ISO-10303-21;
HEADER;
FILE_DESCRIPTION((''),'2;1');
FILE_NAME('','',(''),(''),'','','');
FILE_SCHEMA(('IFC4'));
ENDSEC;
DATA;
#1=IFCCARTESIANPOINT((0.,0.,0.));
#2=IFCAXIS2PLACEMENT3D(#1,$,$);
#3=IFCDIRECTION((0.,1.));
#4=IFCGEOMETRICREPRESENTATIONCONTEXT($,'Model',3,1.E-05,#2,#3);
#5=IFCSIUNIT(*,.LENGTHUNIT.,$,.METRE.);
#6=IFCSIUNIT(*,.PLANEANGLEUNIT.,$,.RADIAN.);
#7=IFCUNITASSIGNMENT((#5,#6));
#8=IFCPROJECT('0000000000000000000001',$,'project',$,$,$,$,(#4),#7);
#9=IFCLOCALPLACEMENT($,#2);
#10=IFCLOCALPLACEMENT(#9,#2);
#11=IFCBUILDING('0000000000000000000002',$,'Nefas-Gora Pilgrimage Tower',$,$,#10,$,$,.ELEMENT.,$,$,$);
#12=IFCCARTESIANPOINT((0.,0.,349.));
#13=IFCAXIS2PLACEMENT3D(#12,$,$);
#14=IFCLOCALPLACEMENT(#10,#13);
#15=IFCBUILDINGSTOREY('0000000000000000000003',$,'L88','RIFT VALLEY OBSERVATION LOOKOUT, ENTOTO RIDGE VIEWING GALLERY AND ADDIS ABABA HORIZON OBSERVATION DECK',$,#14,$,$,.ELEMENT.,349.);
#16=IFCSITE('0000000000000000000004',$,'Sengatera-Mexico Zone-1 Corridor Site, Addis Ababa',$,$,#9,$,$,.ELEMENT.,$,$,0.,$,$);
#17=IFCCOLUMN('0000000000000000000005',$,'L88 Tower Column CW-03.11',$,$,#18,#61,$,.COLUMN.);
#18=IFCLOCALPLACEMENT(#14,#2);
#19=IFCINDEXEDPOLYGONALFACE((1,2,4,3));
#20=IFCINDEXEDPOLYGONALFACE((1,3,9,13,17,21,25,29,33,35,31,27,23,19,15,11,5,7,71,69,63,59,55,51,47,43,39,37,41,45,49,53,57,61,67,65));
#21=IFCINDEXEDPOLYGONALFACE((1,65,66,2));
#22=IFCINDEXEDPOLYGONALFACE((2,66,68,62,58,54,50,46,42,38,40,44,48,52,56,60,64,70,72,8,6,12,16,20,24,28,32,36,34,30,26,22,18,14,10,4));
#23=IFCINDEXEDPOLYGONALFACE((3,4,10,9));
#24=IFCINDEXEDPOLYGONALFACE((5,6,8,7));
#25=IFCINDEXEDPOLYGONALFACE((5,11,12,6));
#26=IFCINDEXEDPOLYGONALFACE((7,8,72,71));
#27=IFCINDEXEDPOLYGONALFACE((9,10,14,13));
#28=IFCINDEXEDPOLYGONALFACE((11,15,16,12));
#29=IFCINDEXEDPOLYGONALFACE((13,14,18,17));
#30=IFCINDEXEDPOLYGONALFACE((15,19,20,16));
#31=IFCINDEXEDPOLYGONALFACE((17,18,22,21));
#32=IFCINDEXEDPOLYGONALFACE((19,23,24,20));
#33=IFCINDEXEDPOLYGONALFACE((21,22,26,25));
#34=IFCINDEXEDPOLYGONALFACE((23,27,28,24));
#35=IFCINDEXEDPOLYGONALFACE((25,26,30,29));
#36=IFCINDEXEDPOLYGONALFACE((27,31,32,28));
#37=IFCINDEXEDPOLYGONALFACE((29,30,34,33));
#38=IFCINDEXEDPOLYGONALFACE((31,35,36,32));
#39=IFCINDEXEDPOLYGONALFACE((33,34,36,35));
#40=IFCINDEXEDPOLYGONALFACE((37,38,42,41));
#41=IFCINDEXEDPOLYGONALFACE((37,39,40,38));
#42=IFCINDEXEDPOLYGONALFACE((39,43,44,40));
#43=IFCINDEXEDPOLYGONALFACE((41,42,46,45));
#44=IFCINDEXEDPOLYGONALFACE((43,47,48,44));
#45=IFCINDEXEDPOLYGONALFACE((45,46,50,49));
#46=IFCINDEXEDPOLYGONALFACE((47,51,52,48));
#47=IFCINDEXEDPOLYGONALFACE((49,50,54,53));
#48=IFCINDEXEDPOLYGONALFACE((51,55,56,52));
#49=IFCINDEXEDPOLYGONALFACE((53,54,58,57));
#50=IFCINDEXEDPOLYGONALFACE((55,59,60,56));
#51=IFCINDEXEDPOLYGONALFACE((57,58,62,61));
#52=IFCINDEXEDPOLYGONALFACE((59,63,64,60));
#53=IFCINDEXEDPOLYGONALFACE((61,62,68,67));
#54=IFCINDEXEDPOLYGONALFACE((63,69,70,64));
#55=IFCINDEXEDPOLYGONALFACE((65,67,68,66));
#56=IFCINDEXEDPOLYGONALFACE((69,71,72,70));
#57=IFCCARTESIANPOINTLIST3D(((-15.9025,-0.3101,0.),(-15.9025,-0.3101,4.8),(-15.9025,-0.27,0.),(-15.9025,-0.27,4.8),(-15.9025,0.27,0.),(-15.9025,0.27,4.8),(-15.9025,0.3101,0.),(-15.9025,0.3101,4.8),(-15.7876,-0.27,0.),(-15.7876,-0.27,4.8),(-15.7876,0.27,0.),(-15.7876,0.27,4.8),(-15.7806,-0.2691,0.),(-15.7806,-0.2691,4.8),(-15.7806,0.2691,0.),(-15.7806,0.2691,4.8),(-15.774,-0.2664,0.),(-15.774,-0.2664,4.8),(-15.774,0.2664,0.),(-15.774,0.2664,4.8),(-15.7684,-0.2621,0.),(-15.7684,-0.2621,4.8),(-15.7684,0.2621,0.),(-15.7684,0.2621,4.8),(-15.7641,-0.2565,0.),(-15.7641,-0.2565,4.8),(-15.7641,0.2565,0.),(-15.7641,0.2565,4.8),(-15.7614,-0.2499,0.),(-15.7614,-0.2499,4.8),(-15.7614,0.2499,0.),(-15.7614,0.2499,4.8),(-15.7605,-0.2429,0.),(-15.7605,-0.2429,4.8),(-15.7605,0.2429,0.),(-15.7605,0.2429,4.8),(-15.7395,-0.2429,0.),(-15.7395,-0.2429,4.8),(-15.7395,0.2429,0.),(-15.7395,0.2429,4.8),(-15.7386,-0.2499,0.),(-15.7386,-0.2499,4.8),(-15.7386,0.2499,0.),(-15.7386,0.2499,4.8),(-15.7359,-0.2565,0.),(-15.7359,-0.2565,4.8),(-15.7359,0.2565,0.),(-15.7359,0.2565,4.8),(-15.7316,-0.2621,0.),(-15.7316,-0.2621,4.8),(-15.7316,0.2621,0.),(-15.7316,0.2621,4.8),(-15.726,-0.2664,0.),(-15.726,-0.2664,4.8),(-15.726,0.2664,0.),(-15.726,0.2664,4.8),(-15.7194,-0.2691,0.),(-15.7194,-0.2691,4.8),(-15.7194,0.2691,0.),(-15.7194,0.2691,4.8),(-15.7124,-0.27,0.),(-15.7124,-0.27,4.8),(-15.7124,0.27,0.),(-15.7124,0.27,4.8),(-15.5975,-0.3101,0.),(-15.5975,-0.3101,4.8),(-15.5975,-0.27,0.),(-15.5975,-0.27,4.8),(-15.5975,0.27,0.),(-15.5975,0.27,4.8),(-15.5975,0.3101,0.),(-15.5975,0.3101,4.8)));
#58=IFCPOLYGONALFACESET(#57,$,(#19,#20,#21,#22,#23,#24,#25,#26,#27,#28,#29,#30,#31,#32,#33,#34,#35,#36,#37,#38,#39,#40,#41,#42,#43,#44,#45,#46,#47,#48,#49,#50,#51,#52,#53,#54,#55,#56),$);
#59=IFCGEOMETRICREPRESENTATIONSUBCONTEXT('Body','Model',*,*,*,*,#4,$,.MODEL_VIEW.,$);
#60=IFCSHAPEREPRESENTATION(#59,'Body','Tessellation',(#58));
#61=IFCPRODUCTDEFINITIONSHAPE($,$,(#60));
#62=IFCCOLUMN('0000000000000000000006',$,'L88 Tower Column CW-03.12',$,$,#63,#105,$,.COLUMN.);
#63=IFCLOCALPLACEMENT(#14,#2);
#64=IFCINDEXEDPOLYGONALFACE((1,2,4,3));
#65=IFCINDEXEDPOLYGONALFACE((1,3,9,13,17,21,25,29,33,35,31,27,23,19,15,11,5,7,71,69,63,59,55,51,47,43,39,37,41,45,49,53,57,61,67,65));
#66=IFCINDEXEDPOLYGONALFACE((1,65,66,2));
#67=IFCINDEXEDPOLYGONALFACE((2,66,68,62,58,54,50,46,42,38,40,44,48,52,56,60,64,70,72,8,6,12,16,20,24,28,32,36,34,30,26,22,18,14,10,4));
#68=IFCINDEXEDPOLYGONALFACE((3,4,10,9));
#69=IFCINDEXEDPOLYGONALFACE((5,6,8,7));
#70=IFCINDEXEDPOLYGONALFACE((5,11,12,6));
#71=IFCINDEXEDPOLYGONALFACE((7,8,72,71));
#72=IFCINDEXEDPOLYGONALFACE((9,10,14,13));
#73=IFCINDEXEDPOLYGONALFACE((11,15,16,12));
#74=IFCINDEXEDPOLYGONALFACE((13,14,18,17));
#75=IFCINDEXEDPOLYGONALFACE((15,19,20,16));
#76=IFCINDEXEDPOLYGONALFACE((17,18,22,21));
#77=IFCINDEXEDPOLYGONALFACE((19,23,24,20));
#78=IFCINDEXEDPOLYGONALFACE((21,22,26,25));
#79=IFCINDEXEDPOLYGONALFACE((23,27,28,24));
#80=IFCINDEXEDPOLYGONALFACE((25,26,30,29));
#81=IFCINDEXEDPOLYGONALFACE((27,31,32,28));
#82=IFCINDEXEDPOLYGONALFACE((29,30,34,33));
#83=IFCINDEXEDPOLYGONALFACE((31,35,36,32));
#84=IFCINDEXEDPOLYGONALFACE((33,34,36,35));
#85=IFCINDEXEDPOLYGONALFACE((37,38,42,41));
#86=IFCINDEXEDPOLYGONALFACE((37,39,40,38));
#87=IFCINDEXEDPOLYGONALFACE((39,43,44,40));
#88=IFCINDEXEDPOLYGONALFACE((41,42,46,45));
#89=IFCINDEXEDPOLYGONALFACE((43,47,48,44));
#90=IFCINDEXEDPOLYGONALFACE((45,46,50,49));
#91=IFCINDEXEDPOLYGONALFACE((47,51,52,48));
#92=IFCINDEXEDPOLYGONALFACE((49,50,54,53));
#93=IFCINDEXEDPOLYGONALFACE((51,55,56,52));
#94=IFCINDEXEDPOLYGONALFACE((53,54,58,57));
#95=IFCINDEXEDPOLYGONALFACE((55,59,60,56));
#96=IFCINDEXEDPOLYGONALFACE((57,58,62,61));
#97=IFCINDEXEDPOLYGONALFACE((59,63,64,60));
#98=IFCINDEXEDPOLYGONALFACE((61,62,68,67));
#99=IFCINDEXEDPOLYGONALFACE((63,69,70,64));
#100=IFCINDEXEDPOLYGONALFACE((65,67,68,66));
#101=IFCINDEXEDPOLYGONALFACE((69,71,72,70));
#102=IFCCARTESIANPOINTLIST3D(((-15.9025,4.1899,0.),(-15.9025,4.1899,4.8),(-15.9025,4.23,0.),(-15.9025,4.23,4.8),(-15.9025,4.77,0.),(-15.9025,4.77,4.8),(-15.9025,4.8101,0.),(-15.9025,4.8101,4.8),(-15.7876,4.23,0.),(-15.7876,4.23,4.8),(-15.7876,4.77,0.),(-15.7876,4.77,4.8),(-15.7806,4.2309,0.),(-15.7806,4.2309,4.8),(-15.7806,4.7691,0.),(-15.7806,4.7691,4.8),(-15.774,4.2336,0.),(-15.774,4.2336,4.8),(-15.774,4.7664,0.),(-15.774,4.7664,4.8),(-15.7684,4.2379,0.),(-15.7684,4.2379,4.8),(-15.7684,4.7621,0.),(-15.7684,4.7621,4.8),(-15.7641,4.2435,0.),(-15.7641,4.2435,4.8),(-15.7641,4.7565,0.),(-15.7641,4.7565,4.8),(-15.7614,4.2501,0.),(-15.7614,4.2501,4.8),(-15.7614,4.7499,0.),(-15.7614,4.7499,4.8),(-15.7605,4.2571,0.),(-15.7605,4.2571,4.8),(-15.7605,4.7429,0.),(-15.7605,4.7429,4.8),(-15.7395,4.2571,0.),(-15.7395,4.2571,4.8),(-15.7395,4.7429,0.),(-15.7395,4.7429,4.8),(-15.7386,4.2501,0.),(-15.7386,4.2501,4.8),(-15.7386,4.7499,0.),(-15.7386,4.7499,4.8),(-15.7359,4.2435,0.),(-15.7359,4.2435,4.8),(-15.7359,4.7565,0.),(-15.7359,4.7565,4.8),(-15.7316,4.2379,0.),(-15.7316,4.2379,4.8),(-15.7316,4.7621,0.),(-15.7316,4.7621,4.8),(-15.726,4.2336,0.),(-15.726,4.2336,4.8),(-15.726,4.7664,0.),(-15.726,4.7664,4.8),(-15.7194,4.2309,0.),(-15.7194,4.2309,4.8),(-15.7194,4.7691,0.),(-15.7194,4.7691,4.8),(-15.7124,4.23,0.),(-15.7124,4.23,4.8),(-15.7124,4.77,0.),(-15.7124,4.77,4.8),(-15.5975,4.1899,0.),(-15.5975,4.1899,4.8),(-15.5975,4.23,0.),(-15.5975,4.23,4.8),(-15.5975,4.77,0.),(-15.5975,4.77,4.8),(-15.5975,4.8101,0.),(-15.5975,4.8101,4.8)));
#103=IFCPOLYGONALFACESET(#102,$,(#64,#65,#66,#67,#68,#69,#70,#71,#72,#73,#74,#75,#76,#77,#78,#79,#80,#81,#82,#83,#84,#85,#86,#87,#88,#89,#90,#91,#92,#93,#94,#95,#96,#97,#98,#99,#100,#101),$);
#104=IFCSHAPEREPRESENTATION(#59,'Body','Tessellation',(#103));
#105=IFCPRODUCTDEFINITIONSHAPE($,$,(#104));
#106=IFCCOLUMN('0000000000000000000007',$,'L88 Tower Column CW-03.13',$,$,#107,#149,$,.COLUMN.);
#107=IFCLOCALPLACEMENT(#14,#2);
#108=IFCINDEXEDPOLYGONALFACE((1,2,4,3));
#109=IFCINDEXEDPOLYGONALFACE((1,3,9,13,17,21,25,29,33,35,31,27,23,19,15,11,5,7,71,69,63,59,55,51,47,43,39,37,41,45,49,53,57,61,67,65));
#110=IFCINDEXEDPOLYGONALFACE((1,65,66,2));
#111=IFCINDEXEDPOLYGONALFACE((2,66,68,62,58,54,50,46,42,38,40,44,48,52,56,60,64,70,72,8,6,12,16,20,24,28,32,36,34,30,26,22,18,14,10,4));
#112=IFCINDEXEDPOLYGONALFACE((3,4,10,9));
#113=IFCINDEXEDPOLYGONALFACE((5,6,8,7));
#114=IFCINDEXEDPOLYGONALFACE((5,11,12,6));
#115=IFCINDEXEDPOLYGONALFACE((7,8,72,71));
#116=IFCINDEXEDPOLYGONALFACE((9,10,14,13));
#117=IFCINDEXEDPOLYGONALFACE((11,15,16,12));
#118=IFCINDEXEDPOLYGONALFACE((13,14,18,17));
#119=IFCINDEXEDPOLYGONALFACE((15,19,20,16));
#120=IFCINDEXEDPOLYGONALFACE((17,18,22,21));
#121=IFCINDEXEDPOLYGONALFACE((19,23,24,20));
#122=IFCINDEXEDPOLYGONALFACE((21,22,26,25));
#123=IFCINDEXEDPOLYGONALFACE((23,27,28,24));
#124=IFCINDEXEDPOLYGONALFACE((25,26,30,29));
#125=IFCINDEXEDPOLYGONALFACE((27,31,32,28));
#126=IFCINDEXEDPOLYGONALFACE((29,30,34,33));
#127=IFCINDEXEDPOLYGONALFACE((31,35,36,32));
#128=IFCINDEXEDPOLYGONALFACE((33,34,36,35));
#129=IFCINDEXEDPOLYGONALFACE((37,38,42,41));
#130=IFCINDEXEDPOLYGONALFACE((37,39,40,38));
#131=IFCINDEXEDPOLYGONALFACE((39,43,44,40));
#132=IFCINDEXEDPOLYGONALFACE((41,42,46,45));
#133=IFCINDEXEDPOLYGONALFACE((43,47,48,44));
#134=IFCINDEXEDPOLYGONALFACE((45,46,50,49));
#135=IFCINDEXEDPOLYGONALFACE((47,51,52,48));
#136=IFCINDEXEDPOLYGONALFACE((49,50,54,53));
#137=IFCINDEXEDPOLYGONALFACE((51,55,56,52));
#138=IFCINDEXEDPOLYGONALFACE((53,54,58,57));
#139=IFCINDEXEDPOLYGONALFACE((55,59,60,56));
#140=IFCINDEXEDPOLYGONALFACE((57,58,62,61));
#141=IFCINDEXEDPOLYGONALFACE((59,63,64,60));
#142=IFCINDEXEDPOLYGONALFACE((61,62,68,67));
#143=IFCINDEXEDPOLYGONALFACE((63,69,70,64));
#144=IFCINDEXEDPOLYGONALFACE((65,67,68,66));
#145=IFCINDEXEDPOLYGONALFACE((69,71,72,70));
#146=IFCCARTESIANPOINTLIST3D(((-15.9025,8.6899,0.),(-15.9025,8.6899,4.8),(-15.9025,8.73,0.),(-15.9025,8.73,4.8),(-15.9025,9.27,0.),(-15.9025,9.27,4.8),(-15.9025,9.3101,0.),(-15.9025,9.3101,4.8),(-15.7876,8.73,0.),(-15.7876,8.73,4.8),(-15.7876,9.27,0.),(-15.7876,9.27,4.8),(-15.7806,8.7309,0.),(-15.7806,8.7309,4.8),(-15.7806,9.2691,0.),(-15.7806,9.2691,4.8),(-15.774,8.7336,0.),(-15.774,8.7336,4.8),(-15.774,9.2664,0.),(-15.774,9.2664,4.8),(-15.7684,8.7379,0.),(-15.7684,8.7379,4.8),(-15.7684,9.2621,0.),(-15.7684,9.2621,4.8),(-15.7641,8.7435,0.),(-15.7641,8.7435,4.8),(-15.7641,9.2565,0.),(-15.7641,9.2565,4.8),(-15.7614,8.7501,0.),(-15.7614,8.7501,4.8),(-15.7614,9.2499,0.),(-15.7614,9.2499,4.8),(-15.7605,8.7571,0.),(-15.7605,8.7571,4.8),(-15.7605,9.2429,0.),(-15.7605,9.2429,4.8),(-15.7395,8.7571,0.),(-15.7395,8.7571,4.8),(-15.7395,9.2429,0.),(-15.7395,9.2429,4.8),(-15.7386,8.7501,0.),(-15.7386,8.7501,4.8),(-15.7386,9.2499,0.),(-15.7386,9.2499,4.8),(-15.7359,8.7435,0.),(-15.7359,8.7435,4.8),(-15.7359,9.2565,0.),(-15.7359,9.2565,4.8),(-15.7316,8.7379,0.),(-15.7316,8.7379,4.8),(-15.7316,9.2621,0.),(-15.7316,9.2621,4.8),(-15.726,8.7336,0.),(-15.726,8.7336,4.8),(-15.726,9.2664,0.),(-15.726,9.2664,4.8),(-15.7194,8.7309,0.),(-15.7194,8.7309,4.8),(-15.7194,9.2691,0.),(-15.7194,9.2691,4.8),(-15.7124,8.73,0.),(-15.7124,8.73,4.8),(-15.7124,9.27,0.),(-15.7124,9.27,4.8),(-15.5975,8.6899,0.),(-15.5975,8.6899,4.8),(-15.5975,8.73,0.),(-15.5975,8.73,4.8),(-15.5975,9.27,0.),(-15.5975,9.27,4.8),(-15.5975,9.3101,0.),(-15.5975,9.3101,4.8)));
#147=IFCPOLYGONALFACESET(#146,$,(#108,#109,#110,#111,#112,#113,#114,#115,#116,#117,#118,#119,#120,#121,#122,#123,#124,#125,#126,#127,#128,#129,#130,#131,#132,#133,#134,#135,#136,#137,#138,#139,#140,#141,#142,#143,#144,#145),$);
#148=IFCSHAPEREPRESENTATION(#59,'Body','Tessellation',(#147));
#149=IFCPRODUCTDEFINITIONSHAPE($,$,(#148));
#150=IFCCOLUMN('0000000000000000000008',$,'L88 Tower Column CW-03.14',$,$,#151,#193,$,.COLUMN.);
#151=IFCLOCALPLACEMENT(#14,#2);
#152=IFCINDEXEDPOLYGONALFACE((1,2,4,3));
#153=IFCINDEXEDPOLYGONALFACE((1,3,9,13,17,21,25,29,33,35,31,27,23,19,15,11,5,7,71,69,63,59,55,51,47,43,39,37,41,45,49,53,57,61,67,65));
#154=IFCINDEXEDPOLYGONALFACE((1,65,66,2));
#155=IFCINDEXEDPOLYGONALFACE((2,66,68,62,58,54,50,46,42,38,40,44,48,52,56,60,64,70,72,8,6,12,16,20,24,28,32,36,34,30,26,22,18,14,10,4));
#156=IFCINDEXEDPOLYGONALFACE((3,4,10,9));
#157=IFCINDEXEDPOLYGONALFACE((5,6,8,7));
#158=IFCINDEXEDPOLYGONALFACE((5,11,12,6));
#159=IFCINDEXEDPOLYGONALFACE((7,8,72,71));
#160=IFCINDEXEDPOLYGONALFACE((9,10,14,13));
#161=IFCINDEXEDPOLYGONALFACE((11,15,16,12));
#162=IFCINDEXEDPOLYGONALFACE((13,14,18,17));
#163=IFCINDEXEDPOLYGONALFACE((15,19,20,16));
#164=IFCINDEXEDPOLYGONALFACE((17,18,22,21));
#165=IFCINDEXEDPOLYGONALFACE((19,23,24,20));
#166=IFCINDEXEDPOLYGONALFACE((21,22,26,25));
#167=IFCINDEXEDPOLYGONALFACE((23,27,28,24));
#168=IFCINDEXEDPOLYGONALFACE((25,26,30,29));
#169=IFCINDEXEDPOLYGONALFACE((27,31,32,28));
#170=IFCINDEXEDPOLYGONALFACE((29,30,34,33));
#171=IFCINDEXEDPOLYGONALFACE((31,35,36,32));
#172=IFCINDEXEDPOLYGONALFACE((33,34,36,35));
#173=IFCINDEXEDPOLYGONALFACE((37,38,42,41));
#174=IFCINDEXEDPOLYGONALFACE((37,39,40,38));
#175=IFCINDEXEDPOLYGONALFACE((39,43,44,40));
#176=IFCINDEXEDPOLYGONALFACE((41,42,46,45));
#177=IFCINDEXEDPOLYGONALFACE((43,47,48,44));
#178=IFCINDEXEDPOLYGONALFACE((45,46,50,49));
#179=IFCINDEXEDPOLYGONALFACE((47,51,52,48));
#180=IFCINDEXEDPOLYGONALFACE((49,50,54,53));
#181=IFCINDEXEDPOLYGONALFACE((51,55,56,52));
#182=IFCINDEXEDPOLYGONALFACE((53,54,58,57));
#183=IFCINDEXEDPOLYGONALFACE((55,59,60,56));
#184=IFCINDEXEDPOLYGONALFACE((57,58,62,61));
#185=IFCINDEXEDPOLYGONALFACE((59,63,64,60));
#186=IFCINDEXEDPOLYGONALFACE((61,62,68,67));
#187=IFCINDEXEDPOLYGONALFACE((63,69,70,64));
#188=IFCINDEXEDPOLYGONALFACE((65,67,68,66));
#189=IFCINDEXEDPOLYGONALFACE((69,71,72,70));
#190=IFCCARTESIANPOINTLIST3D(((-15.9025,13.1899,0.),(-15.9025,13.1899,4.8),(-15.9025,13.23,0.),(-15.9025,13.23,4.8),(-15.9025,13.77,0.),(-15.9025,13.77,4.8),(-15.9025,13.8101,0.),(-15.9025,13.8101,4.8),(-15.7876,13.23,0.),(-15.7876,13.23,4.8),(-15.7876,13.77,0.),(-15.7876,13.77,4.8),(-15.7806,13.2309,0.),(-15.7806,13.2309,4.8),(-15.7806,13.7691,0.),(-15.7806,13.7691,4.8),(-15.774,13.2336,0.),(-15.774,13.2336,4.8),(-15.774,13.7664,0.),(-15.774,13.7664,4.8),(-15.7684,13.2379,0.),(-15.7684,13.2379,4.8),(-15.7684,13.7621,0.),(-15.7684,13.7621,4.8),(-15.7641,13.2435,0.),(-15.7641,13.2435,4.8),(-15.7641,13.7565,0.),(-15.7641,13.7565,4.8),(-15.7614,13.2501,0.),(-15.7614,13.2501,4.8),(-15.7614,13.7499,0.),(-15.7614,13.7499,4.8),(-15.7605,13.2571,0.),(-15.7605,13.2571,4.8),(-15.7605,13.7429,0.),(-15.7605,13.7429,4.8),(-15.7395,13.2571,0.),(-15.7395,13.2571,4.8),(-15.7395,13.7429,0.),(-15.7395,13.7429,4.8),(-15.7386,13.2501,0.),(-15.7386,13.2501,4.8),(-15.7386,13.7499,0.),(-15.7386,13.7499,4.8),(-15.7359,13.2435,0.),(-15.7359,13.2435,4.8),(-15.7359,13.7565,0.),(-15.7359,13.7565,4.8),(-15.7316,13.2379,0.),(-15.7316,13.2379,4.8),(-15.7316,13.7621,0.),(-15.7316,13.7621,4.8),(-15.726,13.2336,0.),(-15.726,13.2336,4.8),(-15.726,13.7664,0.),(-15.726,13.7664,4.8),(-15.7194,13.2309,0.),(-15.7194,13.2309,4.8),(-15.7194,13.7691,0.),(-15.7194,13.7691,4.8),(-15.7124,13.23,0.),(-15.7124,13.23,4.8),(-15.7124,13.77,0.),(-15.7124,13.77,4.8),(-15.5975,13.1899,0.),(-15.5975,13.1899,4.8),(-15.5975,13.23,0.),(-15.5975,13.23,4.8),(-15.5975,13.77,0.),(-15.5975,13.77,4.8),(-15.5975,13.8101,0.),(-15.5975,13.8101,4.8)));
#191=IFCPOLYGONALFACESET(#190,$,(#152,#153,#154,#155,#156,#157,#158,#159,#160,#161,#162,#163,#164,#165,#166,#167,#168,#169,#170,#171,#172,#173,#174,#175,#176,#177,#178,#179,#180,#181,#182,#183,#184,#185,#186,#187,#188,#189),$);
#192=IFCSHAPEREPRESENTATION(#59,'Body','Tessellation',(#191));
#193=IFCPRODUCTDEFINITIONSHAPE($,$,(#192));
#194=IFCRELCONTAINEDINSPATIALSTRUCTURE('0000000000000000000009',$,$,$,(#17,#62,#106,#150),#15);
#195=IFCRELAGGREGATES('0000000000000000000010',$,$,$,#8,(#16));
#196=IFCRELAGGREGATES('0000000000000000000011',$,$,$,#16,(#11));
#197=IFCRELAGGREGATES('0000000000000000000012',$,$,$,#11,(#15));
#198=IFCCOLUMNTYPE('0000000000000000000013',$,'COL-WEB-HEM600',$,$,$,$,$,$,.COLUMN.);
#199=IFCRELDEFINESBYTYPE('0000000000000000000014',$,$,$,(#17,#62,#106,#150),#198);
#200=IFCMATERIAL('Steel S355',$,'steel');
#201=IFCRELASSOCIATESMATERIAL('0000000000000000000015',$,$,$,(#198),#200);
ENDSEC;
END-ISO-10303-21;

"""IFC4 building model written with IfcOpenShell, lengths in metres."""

from ifc_helpers import new_model, si_unit, direction, frame, origin, origin_2d, place, context, subcontext, project, spatial, i_section, extrude, source, transform, mapped, material, material_profile, profile_set, type_object, element, save


model = new_model("IFC4")

# Units and contexts
model_context = context("Model", 3, precision=1e-05, world=origin(), true_north=direction((0.0, 1.0)))
body_context = subcontext(model_context, "Body", "Model", "MODEL_VIEW")
ifc_project = project(units=[si_unit("LENGTHUNIT", "METRE"), si_unit("PLANEANGLEUNIT", "RADIAN")], contexts=[model_context])

# Site, building, storey
site_placement = place(None, origin())
site = spatial("IfcSite", under=ifc_project, at=site_placement, Name="Sengatera-Mexico Zone-1 Corridor Site, Addis Ababa", CompositionType="ELEMENT", RefElevation=0.0)
building_placement = place(site_placement, origin())
building = spatial("IfcBuilding", under=site, at=building_placement, Name="Nefas-Gora Pilgrimage Tower", CompositionType="ELEMENT")
storey_placement = place(building_placement, frame((0.0, 0.0, 349.0)))
storey = spatial("IfcBuildingStorey", under=building, at=storey_placement, Name="L88", Description="RIFT VALLEY OBSERVATION LOOKOUT, ENTOTO RIDGE VIEWING GALLERY AND ADDIS ABABA HORIZON OBSERVATION DECK", CompositionType="ELEMENT", Elevation=349.0)

# Columns
ifc_material_1 = material(Name="Steel S355", Category="steel")
ifc_material_profile_1 = material_profile(ifc_material_1, i_section(OverallWidth=0.3049, OverallDepth=0.6201, WebThickness=0.021, FlangeThickness=0.04, FilletRadius=0.0271, at=origin_2d()), Name="HEM 600")
ifc_profile_set_1 = profile_set([ifc_material_profile_1], Name="Steel S355")
column_type_1 = type_object("IfcColumnType", Name="COL-WEB-HEM600", PredefinedType="COLUMN", material=ifc_profile_set_1)
shared_shape_1 = source(origin(), body_context, "Body", "SweptSolid", [
    extrude(i_section(OverallWidth=0.3049, OverallDepth=0.6201, WebThickness=0.021, FlangeThickness=0.04, FilletRadius=0.0271, at=origin_2d()), origin(), (0.0, 0.0, 1.0), 4.8),
])
for number, where, z_axis, x_axis, name in (
    (1, (-15.75, 0.0, 0.0), (0.0, 0.0, 1.0), (1.0, 0.0, 0.0), "L88 Tower Column CW-03.11"),
    (2, (-15.75, 4.5, 0.0), (0.0, 0.0, 1.0), (1.0, 0.0, 0.0), "L88 Tower Column CW-03.12"),
    (3, (-15.75, 9.0, 0.0), (0.0, 0.0, 1.0), (1.0, 0.0, 0.0), "L88 Tower Column CW-03.13"),
    (4, (-15.75, 13.5, 0.0), (0.0, 0.0, 1.0), (1.0, 0.0, 0.0), "L88 Tower Column CW-03.14"),
):
    element("IfcColumn", number, at=place(storey_placement, frame(where, z_axis=z_axis, x_axis=x_axis)), inside=storey, type_object=column_type_1, Name=name, PredefinedType="COLUMN", context=body_context, shape_type="MappedRepresentation", body=[
        mapped(shared_shape_1, transform((0.0, 0.0, 0.0), x_axis=(1.0, 0.0, 0.0), y_axis=(0.0, 1.0, 0.0), z_axis=(0.0, 0.0, 1.0), scale=1.0)),
    ])

save(model, "model.ifc")
